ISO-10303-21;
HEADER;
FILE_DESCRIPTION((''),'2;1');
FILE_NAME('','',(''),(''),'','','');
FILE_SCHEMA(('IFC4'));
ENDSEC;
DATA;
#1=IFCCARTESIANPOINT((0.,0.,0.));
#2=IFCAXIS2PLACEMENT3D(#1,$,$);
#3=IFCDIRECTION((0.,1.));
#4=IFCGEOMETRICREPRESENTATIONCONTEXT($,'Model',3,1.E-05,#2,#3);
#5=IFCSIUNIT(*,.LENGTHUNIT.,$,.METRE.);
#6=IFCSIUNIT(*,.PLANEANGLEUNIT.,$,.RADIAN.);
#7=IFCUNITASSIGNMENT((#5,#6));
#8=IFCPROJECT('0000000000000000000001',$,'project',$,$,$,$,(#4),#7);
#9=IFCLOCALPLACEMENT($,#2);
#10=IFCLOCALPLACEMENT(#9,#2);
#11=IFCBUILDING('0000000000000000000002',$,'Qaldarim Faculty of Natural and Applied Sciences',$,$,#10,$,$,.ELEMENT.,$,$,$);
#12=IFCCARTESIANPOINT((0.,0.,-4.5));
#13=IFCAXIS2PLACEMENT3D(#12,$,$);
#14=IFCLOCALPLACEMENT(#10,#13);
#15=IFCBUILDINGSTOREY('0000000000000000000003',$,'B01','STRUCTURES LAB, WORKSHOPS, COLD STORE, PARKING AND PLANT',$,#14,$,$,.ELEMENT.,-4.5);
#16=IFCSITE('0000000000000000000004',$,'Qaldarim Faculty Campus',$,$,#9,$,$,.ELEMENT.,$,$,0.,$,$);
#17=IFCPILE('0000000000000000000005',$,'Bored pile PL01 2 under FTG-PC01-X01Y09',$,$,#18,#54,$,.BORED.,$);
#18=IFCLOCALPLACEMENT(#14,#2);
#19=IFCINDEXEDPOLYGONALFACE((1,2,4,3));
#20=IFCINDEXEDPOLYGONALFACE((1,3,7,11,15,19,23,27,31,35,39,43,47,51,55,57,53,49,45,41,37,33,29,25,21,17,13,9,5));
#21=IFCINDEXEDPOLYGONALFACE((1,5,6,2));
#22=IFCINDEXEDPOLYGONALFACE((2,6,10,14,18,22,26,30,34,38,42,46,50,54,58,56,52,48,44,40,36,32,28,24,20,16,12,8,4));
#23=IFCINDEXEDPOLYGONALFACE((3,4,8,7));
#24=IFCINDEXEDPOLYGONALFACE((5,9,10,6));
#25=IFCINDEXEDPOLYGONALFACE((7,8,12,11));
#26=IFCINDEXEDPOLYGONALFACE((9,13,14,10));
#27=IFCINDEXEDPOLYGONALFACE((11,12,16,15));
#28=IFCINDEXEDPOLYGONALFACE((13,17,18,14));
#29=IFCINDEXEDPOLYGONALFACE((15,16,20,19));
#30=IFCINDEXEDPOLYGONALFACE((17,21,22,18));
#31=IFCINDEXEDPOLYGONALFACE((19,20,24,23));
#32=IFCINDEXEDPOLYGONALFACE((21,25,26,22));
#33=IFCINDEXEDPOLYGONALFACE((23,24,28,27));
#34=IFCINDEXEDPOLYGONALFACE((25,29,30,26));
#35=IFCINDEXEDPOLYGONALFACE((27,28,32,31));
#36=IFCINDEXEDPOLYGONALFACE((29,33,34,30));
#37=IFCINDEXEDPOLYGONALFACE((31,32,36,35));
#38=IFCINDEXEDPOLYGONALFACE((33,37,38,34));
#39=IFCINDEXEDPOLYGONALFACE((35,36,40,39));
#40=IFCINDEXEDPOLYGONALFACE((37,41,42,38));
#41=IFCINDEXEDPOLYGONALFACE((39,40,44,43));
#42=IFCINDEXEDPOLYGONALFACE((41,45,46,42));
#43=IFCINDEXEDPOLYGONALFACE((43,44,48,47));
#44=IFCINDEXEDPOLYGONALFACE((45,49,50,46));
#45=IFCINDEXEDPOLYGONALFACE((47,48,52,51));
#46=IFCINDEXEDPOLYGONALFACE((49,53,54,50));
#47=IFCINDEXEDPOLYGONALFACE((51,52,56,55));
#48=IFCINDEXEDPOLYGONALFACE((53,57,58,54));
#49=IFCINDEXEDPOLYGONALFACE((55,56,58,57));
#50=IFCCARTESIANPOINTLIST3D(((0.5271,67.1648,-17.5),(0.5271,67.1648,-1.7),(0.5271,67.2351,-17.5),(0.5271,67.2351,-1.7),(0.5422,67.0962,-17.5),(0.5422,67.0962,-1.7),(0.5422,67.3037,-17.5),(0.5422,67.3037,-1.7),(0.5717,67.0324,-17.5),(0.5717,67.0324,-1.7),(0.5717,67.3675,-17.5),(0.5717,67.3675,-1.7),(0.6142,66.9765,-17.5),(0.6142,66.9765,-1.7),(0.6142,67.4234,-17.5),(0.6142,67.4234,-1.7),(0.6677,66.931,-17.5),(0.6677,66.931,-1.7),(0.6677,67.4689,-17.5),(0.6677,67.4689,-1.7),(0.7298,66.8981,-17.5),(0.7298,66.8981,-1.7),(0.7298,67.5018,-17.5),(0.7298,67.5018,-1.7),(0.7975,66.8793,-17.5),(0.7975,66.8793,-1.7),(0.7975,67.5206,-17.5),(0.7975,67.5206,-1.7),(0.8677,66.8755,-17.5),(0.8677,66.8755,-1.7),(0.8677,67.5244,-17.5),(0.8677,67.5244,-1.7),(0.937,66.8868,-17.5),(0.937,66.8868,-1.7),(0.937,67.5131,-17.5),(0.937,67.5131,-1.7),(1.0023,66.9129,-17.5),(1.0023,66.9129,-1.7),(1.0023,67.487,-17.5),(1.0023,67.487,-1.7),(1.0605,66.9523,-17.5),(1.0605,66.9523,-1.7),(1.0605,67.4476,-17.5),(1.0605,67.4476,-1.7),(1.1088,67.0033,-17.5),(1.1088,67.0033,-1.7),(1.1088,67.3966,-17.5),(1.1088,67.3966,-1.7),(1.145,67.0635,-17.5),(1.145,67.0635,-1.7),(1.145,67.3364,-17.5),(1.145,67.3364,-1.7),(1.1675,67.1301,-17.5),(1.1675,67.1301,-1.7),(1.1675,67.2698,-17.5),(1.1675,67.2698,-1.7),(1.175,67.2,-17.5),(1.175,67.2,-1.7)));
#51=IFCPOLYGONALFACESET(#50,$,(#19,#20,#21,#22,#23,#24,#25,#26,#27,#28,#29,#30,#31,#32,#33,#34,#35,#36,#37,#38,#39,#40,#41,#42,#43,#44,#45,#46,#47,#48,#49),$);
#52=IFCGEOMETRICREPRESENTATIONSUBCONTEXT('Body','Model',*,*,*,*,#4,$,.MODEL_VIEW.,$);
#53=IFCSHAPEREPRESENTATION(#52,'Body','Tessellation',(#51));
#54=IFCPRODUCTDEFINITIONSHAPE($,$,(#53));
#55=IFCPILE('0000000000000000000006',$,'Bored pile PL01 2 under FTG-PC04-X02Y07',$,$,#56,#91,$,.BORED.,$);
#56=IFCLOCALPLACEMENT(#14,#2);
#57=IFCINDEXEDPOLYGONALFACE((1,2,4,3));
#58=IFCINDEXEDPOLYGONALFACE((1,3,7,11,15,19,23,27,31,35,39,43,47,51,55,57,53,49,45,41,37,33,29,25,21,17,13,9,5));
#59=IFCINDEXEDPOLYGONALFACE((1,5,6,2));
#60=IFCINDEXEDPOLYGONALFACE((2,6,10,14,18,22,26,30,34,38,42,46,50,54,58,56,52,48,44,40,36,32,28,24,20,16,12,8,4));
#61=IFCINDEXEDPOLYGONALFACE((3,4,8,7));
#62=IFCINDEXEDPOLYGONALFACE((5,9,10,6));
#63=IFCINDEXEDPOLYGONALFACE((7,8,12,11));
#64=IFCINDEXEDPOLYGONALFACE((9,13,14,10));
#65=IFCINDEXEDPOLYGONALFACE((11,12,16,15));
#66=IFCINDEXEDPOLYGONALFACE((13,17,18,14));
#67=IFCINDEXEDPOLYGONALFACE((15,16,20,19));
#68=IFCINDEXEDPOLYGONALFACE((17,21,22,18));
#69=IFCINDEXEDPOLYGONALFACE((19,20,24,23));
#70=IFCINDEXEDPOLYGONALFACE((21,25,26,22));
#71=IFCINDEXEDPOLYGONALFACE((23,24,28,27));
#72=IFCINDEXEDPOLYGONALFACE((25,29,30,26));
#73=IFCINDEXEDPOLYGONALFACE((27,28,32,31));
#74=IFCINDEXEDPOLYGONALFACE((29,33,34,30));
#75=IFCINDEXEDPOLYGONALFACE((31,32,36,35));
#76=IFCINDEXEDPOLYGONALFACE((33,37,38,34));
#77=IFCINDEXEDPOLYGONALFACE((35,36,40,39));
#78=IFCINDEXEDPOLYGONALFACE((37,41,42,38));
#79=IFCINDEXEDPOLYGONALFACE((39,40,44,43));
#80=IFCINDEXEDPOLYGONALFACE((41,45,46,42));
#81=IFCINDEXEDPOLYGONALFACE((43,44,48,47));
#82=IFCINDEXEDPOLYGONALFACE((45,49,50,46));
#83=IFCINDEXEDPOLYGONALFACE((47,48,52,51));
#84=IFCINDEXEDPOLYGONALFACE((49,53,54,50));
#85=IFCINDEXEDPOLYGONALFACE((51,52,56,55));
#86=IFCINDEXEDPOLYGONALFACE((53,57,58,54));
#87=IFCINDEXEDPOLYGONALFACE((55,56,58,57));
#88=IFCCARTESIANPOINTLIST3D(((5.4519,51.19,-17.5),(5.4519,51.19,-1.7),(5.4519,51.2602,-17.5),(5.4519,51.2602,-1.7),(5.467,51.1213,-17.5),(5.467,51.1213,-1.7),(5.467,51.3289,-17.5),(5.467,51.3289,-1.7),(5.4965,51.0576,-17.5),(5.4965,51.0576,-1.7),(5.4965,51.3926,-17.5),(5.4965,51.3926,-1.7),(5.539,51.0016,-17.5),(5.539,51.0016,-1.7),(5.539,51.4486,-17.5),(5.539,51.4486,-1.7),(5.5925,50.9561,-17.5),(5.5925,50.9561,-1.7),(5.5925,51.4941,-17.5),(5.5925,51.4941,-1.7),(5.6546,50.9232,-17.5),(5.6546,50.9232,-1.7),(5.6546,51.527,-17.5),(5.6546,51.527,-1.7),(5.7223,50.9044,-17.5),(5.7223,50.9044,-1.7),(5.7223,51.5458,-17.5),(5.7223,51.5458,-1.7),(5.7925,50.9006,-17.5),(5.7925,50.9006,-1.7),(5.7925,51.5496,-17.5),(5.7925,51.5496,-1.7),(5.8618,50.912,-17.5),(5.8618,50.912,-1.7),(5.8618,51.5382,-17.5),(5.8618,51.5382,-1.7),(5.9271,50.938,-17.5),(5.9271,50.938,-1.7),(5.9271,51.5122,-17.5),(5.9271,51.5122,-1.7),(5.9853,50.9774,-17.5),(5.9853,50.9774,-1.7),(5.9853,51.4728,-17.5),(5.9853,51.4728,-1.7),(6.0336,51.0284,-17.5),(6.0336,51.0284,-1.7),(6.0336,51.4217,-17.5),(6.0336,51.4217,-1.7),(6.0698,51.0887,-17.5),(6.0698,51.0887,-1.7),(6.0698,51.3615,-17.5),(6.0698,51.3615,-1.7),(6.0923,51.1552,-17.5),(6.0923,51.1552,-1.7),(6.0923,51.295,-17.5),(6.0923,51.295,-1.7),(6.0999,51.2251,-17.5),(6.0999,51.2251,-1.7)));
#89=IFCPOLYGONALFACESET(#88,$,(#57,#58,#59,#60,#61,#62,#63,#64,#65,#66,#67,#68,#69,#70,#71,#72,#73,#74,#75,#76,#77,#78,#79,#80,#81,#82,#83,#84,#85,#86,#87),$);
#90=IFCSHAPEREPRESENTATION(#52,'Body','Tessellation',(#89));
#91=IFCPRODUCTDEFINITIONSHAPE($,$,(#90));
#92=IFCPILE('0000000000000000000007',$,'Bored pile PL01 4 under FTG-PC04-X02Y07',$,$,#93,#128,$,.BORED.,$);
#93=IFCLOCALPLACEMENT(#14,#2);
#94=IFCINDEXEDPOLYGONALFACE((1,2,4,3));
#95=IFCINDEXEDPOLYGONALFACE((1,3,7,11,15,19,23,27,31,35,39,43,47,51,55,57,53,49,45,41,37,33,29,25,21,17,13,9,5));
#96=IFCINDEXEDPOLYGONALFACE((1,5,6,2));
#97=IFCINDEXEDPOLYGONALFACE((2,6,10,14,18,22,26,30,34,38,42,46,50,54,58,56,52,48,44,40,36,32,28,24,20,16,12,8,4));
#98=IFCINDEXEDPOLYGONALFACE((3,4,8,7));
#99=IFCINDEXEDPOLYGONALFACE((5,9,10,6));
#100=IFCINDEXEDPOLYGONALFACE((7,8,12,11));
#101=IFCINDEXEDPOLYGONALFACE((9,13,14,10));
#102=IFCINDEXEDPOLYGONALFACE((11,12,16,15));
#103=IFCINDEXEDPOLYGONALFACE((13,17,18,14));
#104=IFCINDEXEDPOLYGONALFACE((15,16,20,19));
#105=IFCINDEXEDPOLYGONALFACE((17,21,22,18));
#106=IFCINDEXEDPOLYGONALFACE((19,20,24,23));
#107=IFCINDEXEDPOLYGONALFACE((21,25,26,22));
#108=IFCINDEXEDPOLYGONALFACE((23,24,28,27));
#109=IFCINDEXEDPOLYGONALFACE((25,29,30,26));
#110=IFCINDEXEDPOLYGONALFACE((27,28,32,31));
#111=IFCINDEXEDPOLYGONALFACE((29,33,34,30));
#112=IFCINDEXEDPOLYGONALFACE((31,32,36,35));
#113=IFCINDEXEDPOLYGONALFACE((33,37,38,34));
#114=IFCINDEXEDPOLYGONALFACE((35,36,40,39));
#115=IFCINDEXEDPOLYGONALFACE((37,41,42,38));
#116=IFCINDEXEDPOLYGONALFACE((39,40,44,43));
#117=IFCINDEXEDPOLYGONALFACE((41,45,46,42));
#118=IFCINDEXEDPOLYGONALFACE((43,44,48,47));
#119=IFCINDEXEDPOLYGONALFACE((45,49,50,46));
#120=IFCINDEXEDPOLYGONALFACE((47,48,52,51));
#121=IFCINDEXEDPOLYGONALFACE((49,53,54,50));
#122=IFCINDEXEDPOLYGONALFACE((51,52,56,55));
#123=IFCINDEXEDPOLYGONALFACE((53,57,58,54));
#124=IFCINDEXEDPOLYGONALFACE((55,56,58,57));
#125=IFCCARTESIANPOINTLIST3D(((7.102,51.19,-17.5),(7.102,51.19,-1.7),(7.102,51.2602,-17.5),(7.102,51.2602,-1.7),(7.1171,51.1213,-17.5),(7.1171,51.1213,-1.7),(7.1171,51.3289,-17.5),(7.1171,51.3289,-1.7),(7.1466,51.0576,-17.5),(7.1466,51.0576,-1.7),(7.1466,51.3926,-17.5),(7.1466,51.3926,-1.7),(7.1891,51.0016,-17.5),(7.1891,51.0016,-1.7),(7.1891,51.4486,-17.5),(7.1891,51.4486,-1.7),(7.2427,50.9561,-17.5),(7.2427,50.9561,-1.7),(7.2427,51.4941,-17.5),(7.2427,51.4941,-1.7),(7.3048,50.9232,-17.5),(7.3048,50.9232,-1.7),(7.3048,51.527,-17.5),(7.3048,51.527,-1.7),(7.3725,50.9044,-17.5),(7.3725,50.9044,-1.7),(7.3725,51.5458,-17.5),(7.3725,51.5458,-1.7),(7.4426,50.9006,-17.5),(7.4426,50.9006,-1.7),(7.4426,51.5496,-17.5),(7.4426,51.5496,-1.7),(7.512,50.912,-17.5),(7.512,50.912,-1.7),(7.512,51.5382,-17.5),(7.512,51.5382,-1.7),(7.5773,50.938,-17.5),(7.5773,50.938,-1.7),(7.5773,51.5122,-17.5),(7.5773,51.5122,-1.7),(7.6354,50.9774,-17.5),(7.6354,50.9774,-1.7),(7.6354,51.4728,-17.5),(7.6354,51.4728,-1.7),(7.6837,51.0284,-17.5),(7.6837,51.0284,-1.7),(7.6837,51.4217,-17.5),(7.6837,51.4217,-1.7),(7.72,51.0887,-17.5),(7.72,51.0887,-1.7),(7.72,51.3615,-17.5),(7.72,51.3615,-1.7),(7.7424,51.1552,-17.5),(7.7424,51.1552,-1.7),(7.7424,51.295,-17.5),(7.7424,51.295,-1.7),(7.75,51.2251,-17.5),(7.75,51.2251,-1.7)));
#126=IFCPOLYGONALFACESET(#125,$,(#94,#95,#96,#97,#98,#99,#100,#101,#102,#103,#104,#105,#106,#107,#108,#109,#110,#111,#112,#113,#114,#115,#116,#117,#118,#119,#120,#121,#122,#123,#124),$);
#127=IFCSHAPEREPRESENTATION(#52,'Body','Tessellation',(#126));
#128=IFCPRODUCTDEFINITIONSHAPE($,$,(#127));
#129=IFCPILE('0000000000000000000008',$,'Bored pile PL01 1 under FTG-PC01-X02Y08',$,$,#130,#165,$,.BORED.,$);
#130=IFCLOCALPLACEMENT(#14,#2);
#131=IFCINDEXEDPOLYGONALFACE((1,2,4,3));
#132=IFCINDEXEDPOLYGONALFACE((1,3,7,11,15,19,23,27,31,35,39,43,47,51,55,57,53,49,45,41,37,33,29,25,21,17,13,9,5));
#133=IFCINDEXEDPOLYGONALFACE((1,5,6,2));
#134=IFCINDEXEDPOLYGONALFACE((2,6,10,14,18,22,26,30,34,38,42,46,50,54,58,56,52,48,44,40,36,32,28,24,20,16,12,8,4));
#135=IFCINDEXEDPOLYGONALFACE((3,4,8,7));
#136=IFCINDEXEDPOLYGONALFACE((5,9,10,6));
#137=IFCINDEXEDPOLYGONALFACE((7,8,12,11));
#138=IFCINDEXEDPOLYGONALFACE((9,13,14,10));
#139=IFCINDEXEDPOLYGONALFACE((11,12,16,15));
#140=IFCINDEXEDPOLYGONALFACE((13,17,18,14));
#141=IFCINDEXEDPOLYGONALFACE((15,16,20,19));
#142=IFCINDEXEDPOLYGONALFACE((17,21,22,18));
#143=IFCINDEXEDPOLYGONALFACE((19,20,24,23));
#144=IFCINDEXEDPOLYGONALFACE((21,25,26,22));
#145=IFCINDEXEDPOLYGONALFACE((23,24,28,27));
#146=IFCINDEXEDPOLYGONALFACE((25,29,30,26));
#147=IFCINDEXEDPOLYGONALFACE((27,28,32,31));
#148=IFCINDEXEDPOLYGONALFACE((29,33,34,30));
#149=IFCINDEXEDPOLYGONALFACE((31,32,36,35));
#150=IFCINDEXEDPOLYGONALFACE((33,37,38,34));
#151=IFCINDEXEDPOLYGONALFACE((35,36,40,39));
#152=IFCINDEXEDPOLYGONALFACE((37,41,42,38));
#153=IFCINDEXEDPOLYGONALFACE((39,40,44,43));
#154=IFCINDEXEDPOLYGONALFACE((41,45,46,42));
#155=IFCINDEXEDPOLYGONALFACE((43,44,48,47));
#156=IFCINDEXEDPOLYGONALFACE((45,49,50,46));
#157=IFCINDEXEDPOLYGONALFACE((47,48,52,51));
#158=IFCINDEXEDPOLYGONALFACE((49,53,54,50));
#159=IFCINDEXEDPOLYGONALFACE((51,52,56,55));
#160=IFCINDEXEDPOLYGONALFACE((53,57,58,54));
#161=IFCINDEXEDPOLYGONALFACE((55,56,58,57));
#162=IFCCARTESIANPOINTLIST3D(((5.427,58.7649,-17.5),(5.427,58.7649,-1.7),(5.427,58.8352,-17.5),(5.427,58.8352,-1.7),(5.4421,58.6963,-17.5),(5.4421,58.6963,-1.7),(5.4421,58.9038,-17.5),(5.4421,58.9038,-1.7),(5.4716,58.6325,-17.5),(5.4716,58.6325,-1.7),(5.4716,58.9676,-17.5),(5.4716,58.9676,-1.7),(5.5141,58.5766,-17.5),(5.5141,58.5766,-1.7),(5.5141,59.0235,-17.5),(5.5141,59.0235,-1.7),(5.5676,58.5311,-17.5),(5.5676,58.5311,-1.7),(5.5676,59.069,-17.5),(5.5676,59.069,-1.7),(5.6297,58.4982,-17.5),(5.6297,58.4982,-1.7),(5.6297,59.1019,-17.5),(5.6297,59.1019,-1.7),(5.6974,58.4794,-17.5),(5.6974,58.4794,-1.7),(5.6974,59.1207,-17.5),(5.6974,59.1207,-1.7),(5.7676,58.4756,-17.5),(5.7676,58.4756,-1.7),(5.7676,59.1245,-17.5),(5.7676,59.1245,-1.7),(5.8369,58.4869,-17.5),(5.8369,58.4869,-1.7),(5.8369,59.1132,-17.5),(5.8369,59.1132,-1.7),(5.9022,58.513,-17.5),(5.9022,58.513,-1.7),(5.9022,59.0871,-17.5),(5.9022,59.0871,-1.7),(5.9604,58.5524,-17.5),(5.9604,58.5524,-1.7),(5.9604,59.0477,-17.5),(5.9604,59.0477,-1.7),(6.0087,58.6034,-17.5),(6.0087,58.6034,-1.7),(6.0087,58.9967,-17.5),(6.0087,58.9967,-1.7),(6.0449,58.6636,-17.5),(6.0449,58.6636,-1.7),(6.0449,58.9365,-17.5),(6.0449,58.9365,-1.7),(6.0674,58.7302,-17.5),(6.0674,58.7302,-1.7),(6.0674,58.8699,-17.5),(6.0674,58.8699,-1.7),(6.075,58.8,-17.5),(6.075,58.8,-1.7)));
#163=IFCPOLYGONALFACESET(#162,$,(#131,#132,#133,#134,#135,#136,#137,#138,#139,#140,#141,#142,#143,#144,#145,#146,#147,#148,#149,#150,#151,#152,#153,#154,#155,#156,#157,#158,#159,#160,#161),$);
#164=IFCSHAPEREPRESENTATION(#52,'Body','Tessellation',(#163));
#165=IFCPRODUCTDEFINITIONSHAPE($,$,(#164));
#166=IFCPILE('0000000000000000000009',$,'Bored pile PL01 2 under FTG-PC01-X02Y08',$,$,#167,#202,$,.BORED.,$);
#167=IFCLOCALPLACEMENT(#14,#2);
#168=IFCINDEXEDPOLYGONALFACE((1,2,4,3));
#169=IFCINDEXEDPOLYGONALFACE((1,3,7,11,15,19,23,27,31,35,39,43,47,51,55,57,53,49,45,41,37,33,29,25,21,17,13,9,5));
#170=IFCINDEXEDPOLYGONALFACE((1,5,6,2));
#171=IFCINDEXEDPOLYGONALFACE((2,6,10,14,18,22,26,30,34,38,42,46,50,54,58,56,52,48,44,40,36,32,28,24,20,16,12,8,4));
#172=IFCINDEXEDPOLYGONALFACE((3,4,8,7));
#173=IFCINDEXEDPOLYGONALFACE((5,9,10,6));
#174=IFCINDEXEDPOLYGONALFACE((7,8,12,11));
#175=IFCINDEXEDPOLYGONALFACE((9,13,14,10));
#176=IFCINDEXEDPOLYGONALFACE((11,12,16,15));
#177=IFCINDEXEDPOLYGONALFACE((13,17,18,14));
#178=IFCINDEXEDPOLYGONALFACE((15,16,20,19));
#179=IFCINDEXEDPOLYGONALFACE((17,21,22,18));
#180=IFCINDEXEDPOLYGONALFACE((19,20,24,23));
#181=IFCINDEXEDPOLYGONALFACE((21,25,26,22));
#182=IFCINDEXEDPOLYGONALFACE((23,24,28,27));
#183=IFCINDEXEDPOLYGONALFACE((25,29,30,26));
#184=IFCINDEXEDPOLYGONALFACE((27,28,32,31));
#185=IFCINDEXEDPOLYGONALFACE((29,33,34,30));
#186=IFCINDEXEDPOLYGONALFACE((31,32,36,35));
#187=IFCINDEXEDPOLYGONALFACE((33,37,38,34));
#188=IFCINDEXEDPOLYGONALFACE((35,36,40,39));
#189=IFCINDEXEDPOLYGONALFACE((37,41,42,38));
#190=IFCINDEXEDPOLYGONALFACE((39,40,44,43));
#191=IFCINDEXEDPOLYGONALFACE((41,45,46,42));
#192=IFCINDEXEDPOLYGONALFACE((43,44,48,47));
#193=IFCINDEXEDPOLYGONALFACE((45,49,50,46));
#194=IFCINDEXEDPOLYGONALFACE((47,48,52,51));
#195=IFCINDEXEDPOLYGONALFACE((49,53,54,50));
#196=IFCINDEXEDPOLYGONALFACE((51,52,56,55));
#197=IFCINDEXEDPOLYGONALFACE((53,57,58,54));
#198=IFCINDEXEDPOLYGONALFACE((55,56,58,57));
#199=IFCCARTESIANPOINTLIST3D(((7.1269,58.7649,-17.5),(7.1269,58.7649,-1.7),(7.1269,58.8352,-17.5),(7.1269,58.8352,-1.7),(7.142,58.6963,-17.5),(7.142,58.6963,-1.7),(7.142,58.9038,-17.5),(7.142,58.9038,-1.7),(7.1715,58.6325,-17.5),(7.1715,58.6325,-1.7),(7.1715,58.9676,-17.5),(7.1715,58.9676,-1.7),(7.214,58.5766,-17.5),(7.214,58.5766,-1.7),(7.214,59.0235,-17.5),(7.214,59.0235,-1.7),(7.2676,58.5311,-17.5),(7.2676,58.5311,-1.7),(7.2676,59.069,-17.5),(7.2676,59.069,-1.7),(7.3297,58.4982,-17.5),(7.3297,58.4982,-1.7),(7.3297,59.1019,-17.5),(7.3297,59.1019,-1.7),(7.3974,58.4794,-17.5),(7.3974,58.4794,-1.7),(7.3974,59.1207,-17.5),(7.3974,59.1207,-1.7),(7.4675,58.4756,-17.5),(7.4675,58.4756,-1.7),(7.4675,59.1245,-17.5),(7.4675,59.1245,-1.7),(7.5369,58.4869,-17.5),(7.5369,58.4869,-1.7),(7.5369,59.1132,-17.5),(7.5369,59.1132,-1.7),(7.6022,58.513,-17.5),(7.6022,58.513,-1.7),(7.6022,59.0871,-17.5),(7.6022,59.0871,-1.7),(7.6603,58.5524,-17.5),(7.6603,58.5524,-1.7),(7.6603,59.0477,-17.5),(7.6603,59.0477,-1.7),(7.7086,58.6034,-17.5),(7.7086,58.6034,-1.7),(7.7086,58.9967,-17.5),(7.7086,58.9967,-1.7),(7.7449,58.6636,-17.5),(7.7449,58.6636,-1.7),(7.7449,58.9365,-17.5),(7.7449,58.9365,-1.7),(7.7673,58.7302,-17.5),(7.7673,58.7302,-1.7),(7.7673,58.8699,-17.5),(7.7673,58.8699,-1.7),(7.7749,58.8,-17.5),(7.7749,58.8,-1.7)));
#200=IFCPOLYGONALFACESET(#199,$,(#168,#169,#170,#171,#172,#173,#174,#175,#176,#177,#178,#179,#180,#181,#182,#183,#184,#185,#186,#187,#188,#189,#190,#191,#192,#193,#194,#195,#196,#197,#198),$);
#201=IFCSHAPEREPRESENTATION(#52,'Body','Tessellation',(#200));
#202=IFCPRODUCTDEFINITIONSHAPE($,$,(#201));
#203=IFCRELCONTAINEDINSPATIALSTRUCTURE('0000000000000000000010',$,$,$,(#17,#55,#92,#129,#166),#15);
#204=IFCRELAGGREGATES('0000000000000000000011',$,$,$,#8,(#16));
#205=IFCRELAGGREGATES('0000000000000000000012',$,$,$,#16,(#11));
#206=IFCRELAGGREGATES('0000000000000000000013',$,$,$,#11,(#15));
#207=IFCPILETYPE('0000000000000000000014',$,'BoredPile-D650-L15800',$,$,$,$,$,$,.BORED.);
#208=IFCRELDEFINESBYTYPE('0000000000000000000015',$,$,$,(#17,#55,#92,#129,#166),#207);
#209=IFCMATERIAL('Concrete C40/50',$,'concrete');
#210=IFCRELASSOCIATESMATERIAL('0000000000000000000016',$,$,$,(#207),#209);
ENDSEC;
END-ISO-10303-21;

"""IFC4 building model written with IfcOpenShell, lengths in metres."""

from ifc_helpers import new_model, si_unit, direction, frame, origin, origin_2d, place, context, subcontext, project, spatial, circle, extrude, material, material_profile, profile_set, type_object, element, save


model = new_model("IFC4")

# Units and contexts
model_context = context("Model", 3, precision=1e-05, world=origin(), true_north=direction((0.0, 1.0)))
body_context = subcontext(model_context, "Body", "Model", "MODEL_VIEW")
ifc_project = project(units=[si_unit("LENGTHUNIT", "METRE"), si_unit("PLANEANGLEUNIT", "RADIAN")], contexts=[model_context])

# Site, building, storey
site_placement = place(None, origin())
site = spatial("IfcSite", under=ifc_project, at=site_placement, Name="Qaldarim Faculty Campus", CompositionType="ELEMENT", RefElevation=0.0)
building_placement = place(site_placement, origin())
building = spatial("IfcBuilding", under=site, at=building_placement, Name="Qaldarim Faculty of Natural and Applied Sciences", CompositionType="ELEMENT")
storey_placement = place(building_placement, frame((0.0, 0.0, -4.5)))
storey = spatial("IfcBuildingStorey", under=building, at=storey_placement, Name="B01", Description="STRUCTURES LAB, WORKSHOPS, COLD STORE, PARKING AND PLANT", CompositionType="ELEMENT", Elevation=-4.5)

# Piles
ifc_material_1 = material(Name="Concrete C40/50", Category="concrete")
ifc_material_profile_1 = material_profile(ifc_material_1, circle(Radius=0.325, at=origin_2d()), Name="PILE-D650")
ifc_profile_set_1 = profile_set([ifc_material_profile_1], Name="Concrete C40/50")
pile_type_1 = type_object("IfcPileType", Name="BoredPile-D650-L15800", PredefinedType="BORED", material=ifc_profile_set_1)
for number, where, z_axis, x_axis, name in (
    (1, (0.8501, 67.2, -1.7), (0.0, 0.0, -1.0), (1.0, 0.0, 0.0), "Bored pile PL01 2 under FTG-PC01-X01Y09"),
    (2, (5.7749, 51.2251, -1.7), (0.0, 0.0, -1.0), (1.0, 0.0, 0.0), "Bored pile PL01 2 under FTG-PC04-X02Y07"),
    (3, (7.425, 51.2251, -1.7), (0.0, 0.0, -1.0), (1.0, 0.0, 0.0), "Bored pile PL01 4 under FTG-PC04-X02Y07"),
    (4, (5.75, 58.8, -1.7), (0.0, 0.0, -1.0), (1.0, 0.0, 0.0), "Bored pile PL01 1 under FTG-PC01-X02Y08"),
    (5, (7.45, 58.8, -1.7), (0.0, 0.0, -1.0), (1.0, 0.0, 0.0), "Bored pile PL01 2 under FTG-PC01-X02Y08"),
):
    element("IfcPile", number, at=place(storey_placement, frame(where, z_axis=z_axis, x_axis=x_axis)), inside=storey, type_object=pile_type_1, Name=name, PredefinedType="BORED", context=body_context, shape_type="SweptSolid", body=[
        extrude(circle(Radius=0.325, at=origin_2d()), origin(), (0.0, 0.0, 1.0), 15.8),
    ])

save(model, "model.ifc")
